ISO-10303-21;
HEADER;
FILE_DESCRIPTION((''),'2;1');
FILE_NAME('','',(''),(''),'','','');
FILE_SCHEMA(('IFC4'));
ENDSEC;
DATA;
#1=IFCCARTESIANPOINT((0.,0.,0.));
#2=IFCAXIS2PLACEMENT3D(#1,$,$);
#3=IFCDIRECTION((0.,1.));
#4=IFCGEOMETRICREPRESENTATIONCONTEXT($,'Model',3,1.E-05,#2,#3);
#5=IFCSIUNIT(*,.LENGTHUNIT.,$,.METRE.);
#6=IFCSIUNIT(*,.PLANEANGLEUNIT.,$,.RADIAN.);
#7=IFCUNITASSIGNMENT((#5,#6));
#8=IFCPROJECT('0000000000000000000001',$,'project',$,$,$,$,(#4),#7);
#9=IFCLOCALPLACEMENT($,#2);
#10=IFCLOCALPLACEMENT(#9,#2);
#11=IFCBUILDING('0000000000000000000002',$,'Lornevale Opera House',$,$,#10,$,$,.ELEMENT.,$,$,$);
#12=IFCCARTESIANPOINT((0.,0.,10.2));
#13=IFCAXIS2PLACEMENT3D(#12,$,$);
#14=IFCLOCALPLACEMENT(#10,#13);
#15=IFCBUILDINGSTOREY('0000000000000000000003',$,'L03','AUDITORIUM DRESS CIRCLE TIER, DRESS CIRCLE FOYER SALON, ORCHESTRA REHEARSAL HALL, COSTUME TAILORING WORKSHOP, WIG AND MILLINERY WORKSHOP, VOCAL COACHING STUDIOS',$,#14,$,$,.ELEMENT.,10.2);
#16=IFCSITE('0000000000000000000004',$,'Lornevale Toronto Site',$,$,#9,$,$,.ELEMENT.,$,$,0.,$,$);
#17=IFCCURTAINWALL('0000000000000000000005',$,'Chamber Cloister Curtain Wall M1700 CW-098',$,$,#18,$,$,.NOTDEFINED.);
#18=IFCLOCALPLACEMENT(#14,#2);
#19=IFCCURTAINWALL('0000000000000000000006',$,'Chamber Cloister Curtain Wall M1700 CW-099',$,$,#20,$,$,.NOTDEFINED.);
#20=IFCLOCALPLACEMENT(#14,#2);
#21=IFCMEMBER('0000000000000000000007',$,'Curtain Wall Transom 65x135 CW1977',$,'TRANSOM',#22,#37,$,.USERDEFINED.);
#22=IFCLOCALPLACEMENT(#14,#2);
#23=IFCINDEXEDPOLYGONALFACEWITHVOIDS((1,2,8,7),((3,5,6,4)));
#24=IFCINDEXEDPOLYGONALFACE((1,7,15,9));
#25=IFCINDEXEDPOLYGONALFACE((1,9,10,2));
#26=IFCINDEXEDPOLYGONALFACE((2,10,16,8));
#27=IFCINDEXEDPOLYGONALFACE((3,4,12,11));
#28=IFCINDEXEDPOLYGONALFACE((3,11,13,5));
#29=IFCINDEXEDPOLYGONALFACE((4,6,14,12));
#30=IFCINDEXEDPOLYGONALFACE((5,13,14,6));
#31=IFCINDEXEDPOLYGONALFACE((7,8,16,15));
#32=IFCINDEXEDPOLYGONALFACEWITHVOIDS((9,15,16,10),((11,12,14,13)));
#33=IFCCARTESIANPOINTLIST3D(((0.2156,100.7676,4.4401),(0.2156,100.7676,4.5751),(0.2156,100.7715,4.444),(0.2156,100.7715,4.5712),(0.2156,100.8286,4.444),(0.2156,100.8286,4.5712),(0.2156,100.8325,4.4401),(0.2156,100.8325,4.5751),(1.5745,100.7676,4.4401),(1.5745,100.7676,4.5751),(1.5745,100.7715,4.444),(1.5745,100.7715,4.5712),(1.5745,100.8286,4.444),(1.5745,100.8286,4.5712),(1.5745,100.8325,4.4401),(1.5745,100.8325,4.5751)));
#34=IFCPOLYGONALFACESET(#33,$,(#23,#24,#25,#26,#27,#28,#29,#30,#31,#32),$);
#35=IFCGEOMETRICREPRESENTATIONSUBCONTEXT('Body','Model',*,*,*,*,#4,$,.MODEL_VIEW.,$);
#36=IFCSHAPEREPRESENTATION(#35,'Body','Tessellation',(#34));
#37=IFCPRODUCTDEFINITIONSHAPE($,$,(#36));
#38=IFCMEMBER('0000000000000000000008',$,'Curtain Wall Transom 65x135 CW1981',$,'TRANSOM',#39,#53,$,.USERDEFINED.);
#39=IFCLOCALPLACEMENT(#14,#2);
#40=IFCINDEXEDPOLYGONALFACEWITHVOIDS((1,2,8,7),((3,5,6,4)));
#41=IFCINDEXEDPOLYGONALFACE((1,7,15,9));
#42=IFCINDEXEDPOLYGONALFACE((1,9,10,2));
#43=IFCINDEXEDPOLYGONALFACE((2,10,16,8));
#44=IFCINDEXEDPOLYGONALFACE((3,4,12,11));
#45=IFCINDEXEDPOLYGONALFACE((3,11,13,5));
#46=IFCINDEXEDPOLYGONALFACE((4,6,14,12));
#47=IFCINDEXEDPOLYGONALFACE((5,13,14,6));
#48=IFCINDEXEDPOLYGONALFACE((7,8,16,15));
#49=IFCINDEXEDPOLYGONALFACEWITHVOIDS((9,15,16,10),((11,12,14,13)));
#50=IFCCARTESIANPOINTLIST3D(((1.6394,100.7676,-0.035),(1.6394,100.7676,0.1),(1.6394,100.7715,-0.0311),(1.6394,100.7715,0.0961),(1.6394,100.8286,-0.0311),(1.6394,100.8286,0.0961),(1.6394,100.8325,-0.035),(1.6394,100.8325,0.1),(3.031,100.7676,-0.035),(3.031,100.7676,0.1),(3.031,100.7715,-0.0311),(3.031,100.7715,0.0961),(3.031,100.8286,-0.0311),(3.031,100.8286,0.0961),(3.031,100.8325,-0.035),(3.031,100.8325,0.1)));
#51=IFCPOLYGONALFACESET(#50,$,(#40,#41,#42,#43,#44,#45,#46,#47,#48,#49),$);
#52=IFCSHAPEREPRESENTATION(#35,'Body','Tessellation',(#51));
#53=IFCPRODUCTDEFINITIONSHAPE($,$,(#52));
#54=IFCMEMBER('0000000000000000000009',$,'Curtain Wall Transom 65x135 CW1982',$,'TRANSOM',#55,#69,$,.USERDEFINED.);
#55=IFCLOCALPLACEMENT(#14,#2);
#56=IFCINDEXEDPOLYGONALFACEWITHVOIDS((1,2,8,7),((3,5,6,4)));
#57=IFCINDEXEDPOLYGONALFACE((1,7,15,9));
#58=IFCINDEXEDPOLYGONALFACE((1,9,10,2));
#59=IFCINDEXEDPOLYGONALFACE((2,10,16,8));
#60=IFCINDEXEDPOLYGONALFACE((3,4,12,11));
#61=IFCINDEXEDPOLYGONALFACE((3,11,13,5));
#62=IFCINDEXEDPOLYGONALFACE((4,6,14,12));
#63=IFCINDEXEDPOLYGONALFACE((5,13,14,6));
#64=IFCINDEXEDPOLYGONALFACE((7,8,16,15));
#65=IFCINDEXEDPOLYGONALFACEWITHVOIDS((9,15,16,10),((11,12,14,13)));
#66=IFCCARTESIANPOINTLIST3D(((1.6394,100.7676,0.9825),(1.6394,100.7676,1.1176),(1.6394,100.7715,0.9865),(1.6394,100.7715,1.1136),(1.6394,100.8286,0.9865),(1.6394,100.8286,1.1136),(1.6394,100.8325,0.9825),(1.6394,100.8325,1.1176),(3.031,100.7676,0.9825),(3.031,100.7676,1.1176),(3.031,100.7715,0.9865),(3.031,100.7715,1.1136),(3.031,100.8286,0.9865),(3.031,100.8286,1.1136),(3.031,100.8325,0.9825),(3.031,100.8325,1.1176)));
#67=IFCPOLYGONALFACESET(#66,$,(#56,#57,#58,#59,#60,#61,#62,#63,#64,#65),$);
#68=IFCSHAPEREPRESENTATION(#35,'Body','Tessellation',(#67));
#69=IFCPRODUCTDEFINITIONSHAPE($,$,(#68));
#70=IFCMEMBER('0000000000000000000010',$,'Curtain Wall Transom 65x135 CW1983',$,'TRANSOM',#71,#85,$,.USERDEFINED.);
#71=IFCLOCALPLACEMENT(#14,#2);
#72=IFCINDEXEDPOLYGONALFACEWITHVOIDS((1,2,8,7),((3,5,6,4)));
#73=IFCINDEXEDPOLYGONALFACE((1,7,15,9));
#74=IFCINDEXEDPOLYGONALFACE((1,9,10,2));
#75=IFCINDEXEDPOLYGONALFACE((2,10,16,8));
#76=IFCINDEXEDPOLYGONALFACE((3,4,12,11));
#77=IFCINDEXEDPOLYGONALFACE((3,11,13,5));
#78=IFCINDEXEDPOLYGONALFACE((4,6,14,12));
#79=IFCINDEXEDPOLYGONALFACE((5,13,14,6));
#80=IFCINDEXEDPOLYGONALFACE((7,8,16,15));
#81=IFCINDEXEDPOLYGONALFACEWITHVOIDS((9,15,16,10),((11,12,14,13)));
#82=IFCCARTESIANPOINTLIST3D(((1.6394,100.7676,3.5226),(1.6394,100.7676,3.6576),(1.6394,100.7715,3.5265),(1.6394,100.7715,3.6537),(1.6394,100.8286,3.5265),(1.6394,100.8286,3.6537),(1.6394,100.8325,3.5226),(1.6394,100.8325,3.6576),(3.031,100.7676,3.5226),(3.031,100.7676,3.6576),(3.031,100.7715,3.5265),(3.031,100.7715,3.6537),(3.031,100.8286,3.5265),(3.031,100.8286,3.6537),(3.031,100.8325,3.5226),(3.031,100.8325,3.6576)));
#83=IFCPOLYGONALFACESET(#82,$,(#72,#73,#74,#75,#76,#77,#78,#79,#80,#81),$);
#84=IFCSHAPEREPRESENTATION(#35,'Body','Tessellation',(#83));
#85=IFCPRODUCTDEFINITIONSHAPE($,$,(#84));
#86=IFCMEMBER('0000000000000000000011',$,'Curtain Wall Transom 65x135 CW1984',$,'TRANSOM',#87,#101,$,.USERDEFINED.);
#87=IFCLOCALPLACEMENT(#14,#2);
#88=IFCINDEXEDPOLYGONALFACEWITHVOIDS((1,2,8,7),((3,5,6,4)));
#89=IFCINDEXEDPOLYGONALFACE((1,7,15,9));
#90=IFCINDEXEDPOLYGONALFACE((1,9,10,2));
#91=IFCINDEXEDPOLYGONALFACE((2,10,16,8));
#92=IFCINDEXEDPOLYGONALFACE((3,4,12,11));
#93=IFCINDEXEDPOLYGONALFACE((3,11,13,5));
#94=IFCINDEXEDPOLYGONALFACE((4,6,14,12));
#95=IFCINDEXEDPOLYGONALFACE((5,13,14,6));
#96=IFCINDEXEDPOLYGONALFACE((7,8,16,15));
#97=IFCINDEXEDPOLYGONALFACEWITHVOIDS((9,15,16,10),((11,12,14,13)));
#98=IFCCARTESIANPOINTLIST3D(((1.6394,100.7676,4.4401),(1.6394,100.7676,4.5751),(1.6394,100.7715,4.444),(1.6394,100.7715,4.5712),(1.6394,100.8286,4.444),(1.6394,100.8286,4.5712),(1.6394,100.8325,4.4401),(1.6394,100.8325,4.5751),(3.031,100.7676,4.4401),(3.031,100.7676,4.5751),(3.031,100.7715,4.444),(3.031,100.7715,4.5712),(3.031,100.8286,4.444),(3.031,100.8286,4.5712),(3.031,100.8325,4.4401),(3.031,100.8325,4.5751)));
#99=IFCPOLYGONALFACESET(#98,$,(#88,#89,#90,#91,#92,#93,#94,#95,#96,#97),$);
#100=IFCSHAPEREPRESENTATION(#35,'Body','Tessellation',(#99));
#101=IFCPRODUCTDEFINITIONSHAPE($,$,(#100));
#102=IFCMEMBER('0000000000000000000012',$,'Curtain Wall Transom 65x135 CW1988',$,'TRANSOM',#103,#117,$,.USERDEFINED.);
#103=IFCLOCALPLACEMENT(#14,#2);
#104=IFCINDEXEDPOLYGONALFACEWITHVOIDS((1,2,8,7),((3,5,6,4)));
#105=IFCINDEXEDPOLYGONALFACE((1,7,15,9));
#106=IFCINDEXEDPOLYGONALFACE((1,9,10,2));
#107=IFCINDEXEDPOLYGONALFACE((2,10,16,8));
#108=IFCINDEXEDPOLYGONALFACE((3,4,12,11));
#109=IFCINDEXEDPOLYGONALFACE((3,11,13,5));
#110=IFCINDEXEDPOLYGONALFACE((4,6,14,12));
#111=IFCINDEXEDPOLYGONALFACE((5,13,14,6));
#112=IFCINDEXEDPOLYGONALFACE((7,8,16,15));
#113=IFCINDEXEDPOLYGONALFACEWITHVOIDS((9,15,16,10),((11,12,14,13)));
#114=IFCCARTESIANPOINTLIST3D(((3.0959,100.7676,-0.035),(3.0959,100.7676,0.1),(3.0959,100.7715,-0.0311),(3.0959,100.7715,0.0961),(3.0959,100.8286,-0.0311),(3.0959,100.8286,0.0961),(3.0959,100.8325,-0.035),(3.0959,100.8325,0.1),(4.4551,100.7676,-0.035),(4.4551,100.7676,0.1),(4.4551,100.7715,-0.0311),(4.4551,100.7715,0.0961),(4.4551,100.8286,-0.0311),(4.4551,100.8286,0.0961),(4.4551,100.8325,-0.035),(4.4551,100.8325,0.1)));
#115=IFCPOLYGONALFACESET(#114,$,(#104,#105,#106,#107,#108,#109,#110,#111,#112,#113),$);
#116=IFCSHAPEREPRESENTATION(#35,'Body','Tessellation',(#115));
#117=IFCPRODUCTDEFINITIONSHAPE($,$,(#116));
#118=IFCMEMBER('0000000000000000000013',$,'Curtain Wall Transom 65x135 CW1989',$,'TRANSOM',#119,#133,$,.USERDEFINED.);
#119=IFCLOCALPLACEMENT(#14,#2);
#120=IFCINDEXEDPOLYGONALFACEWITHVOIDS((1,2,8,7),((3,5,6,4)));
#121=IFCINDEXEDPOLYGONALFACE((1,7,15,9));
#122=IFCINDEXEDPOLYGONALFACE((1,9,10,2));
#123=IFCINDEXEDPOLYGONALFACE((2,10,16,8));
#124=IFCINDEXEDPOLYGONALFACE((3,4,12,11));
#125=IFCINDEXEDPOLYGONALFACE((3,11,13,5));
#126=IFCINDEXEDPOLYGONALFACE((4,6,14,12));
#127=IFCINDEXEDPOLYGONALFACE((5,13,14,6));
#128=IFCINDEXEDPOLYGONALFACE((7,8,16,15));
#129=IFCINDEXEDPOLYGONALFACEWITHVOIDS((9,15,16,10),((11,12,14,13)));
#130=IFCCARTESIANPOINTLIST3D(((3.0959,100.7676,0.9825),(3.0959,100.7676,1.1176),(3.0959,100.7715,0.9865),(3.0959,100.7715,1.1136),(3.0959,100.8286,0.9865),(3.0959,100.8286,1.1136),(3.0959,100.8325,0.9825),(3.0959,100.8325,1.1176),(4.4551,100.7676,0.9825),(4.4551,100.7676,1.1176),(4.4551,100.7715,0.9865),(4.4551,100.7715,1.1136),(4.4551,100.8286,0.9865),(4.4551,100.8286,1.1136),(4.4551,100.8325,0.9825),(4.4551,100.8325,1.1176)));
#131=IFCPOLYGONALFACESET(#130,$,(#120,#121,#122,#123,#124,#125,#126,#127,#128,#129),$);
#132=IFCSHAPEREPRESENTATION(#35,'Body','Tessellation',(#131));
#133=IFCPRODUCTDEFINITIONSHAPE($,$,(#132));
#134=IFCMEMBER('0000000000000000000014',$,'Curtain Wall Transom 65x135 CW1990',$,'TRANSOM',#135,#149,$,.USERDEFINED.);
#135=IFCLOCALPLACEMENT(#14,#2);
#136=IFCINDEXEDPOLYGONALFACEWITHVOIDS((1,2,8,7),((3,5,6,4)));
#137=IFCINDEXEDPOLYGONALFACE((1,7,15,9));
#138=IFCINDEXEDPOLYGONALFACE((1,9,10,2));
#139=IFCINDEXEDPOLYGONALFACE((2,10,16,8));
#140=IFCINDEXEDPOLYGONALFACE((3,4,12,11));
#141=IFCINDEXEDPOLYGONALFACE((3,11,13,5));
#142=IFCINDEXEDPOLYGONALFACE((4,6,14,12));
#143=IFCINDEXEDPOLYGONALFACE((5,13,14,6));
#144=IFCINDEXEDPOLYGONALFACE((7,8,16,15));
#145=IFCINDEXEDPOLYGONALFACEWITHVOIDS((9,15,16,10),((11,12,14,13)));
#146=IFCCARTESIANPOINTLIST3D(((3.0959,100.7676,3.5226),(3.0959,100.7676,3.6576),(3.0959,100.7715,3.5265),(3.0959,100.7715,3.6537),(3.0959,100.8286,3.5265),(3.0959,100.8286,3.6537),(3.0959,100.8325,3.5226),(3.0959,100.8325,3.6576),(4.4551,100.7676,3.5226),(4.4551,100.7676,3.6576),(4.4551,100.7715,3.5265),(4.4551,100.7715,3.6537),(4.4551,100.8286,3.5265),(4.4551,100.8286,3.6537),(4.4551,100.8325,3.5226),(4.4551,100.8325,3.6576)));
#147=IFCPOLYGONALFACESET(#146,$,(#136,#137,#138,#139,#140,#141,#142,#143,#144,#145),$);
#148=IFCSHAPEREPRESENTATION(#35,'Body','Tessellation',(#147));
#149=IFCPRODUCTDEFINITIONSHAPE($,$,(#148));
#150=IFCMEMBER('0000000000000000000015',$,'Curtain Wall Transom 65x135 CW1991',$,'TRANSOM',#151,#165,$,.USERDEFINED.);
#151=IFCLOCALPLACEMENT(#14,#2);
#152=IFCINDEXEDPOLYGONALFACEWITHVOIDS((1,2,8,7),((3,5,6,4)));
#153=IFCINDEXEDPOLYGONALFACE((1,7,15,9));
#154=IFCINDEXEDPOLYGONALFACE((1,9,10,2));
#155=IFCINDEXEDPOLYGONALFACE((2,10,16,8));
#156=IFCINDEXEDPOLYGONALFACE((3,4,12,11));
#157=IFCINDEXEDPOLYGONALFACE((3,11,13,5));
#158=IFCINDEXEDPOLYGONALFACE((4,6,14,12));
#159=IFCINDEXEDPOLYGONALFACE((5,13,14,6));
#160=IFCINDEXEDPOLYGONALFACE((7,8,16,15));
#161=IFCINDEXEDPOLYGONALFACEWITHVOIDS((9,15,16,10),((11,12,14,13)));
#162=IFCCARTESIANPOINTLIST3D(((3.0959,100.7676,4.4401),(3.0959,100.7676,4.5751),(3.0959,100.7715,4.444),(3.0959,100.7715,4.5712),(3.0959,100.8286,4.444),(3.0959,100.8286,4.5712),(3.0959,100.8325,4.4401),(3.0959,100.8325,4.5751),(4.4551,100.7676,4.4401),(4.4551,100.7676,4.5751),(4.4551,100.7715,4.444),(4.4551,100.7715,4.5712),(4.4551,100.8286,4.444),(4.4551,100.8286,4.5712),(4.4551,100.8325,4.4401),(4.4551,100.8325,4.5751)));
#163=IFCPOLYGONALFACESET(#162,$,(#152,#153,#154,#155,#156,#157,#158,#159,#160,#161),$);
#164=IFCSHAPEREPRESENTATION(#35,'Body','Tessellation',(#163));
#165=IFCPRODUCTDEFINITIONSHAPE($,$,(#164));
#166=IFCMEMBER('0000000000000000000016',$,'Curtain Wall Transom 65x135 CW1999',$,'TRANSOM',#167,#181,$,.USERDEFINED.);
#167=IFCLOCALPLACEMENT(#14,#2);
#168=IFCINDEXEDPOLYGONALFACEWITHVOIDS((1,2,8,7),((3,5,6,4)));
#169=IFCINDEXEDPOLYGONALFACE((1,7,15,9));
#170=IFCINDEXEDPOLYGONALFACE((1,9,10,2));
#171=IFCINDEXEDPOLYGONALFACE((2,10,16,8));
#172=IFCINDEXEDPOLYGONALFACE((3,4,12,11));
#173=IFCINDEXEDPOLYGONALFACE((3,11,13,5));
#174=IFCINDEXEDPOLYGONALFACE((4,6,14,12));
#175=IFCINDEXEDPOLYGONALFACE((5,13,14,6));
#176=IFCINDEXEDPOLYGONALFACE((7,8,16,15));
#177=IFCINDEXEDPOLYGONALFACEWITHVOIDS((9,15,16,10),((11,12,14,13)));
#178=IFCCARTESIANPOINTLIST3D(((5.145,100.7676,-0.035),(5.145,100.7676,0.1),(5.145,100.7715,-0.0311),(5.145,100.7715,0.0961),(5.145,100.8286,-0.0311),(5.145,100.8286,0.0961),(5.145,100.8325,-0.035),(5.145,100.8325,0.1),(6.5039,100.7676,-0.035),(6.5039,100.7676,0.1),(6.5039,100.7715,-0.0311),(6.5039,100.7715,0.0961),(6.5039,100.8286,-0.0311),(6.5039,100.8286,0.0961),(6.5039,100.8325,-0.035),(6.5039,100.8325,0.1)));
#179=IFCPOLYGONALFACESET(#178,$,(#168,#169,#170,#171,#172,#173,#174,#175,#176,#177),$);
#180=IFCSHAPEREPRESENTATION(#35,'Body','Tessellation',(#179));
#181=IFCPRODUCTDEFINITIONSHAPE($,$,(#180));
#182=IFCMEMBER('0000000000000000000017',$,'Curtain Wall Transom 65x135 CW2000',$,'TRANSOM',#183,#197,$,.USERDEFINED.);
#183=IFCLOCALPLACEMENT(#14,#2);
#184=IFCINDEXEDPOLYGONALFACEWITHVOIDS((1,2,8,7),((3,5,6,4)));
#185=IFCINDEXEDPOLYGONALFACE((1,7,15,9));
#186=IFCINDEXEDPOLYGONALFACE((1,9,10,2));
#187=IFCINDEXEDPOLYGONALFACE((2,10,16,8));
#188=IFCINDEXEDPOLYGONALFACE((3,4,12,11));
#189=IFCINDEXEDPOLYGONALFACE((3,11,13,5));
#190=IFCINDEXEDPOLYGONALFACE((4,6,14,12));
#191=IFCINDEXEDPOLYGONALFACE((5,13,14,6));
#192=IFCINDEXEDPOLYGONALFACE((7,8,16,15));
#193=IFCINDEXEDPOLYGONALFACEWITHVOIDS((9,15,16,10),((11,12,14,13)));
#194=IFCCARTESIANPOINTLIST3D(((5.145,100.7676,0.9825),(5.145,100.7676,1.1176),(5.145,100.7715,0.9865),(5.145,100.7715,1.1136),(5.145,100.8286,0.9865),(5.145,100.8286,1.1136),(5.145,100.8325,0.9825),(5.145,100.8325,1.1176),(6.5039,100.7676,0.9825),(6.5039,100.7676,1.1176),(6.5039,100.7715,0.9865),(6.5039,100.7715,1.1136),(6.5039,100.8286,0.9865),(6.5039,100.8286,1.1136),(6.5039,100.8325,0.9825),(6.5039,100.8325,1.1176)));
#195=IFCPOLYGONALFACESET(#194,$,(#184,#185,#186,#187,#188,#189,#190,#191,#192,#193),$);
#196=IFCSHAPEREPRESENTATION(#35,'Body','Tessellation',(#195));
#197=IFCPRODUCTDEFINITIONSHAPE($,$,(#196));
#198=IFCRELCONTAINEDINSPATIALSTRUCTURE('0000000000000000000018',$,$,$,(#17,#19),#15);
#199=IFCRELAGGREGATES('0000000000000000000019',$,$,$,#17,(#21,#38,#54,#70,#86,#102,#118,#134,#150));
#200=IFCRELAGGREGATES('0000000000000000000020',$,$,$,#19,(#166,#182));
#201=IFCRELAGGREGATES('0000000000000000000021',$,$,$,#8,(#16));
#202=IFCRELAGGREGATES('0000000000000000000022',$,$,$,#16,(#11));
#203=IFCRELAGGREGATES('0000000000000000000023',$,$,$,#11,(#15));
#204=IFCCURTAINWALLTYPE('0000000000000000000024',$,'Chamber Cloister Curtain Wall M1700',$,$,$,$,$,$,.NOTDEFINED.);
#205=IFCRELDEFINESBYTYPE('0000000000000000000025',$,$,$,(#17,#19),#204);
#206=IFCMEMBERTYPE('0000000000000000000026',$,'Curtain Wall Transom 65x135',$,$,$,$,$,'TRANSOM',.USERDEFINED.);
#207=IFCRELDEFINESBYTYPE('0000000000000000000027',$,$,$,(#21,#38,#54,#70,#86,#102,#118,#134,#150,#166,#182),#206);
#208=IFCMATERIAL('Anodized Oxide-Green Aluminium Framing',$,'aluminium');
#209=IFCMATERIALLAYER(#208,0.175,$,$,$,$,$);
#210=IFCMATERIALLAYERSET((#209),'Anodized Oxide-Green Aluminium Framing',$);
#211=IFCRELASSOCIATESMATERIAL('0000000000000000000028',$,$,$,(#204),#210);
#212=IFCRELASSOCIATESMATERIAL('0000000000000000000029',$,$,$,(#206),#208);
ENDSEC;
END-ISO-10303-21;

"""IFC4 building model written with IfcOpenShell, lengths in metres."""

from ifc_helpers import new_model, si_unit, direction, frame, origin, origin_2d, place, context, subcontext, project, spatial, hollow_rectangle, extrude, material, layer, layer_set, material_profile, profile_set, type_object, element, aggregate, save


model = new_model("IFC4")

# Units and contexts
model_context = context("Model", 3, precision=1e-05, world=origin(), true_north=direction((0.0, 1.0)))
body_context = subcontext(model_context, "Body", "Model", "MODEL_VIEW")
ifc_project = project(units=[si_unit("LENGTHUNIT", "METRE"), si_unit("PLANEANGLEUNIT", "RADIAN")], contexts=[model_context])

# Site, building, storey
site_placement = place(None, origin())
site = spatial("IfcSite", under=ifc_project, at=site_placement, Name="Lornevale Toronto Site", CompositionType="ELEMENT", RefElevation=0.0)
building_placement = place(site_placement, origin())
building = spatial("IfcBuilding", under=site, at=building_placement, Name="Lornevale Opera House", CompositionType="ELEMENT")
storey_placement = place(building_placement, frame((0.0, 0.0, 10.2)))
storey = spatial("IfcBuildingStorey", under=building, at=storey_placement, Name="L03", Description="AUDITORIUM DRESS CIRCLE TIER, DRESS CIRCLE FOYER SALON, ORCHESTRA REHEARSAL HALL, COSTUME TAILORING WORKSHOP, WIG AND MILLINERY WORKSHOP, VOCAL COACHING STUDIOS", CompositionType="ELEMENT", Elevation=10.2)

# Curtain wall
ifc_material_1 = material(Name="Anodized Oxide-Green Aluminium Framing", Category="aluminium")
ifc_layer_1 = layer(ifc_material_1, 0.175)
ifc_layer_set_1 = layer_set([ifc_layer_1], Name="Anodized Oxide-Green Aluminium Framing")
curtain_wall_type = type_object("IfcCurtainWallType", Name="Chamber Cloister Curtain Wall M1700", PredefinedType="NOTDEFINED", material=ifc_layer_set_1)
curtain_wall_1_placement = place(storey_placement, origin())
curtain_wall_1 = element("IfcCurtainWall", 1, at=curtain_wall_1_placement, inside=storey, type_object=curtain_wall_type, Name="Chamber Cloister Curtain Wall M1700 CW-098", PredefinedType="NOTDEFINED")

# Curtain wall
curtain_wall_2_placement = place(storey_placement, origin())
curtain_wall_2 = element("IfcCurtainWall", 2, at=curtain_wall_2_placement, inside=storey, type_object=curtain_wall_type, Name="Chamber Cloister Curtain Wall M1700 CW-099", PredefinedType="NOTDEFINED")

# Members
ifc_material_profile_1 = material_profile(ifc_material_1, hollow_rectangle(XDim=0.0649, YDim=0.135, WallThickness=0.0039, at=origin_2d()), Name="ALU65x135x4")
ifc_profile_set_1 = profile_set([ifc_material_profile_1], Name="Anodized Oxide-Green Aluminium Framing")
member_type_1 = type_object("IfcMemberType", Name="Curtain Wall Transom 65x135", ElementType="TRANSOM", PredefinedType="USERDEFINED", material=ifc_profile_set_1)
member_1_placement = place(storey_placement, frame((0.2156, 100.8, 4.5076), z_axis=(1.0, 0.0, 0.0), x_axis=(0.0, 1.0, 0.0)))
member_1 = element("IfcMember", 3, at=member_1_placement, type_object=member_type_1, Name="Curtain Wall Transom 65x135 CW1977", ObjectType="TRANSOM", PredefinedType="USERDEFINED", context=body_context, shape_type="SweptSolid", body=[
    extrude(hollow_rectangle(XDim=0.0649, YDim=0.135, WallThickness=0.0039, at=origin_2d()), origin(), (0.0, 0.0, 1.0), 1.3589),
])
member_2_placement = place(storey_placement, frame((1.6394, 100.8, 0.0325), z_axis=(1.0, 0.0, 0.0), x_axis=(0.0, 1.0, 0.0)))
member_2 = element("IfcMember", 4, at=member_2_placement, type_object=member_type_1, Name="Curtain Wall Transom 65x135 CW1981", ObjectType="TRANSOM", PredefinedType="USERDEFINED", context=body_context, shape_type="SweptSolid", body=[
    extrude(hollow_rectangle(XDim=0.0649, YDim=0.135, WallThickness=0.0039, at=origin_2d()), origin(), (0.0, 0.0, 1.0), 1.3916),
])
member_3_placement = place(storey_placement, frame((1.6394, 100.8, 1.05), z_axis=(1.0, 0.0, 0.0), x_axis=(0.0, 1.0, 0.0)))
member_3 = element("IfcMember", 5, at=member_3_placement, type_object=member_type_1, Name="Curtain Wall Transom 65x135 CW1982", ObjectType="TRANSOM", PredefinedType="USERDEFINED", context=body_context, shape_type="SweptSolid", body=[
    extrude(hollow_rectangle(XDim=0.0649, YDim=0.135, WallThickness=0.0039, at=origin_2d()), origin(), (0.0, 0.0, 1.0), 1.3916),
])
member_4_placement = place(storey_placement, frame((1.6394, 100.8, 3.5901), z_axis=(1.0, 0.0, 0.0), x_axis=(0.0, 1.0, 0.0)))
member_4 = element("IfcMember", 6, at=member_4_placement, type_object=member_type_1, Name="Curtain Wall Transom 65x135 CW1983", ObjectType="TRANSOM", PredefinedType="USERDEFINED", context=body_context, shape_type="SweptSolid", body=[
    extrude(hollow_rectangle(XDim=0.0649, YDim=0.135, WallThickness=0.0039, at=origin_2d()), origin(), (0.0, 0.0, 1.0), 1.3916),
])
member_5_placement = place(storey_placement, frame((1.6394, 100.8, 4.5076), z_axis=(1.0, 0.0, 0.0), x_axis=(0.0, 1.0, 0.0)))
member_5 = element("IfcMember", 7, at=member_5_placement, type_object=member_type_1, Name="Curtain Wall Transom 65x135 CW1984", ObjectType="TRANSOM", PredefinedType="USERDEFINED", context=body_context, shape_type="SweptSolid", body=[
    extrude(hollow_rectangle(XDim=0.0649, YDim=0.135, WallThickness=0.0039, at=origin_2d()), origin(), (0.0, 0.0, 1.0), 1.3916),
])
member_6_placement = place(storey_placement, frame((3.0959, 100.8, 0.0325), z_axis=(1.0, 0.0, 0.0), x_axis=(0.0, 1.0, 0.0)))
member_6 = element("IfcMember", 8, at=member_6_placement, type_object=member_type_1, Name="Curtain Wall Transom 65x135 CW1988", ObjectType="TRANSOM", PredefinedType="USERDEFINED", context=body_context, shape_type="SweptSolid", body=[
    extrude(hollow_rectangle(XDim=0.0649, YDim=0.135, WallThickness=0.0039, at=origin_2d()), origin(), (0.0, 0.0, 1.0), 1.3591),
])
member_7_placement = place(storey_placement, frame((3.0959, 100.8, 1.05), z_axis=(1.0, 0.0, 0.0), x_axis=(0.0, 1.0, 0.0)))
member_7 = element("IfcMember", 9, at=member_7_placement, type_object=member_type_1, Name="Curtain Wall Transom 65x135 CW1989", ObjectType="TRANSOM", PredefinedType="USERDEFINED", context=body_context, shape_type="SweptSolid", body=[
    extrude(hollow_rectangle(XDim=0.0649, YDim=0.135, WallThickness=0.0039, at=origin_2d()), origin(), (0.0, 0.0, 1.0), 1.3591),
])
member_8_placement = place(storey_placement, frame((3.0959, 100.8, 3.5901), z_axis=(1.0, 0.0, 0.0), x_axis=(0.0, 1.0, 0.0)))
member_8 = element("IfcMember", 10, at=member_8_placement, type_object=member_type_1, Name="Curtain Wall Transom 65x135 CW1990", ObjectType="TRANSOM", PredefinedType="USERDEFINED", context=body_context, shape_type="SweptSolid", body=[
    extrude(hollow_rectangle(XDim=0.0649, YDim=0.135, WallThickness=0.0039, at=origin_2d()), origin(), (0.0, 0.0, 1.0), 1.3591),
])
member_9_placement = place(storey_placement, frame((3.0959, 100.8, 4.5076), z_axis=(1.0, 0.0, 0.0), x_axis=(0.0, 1.0, 0.0)))
member_9 = element("IfcMember", 11, at=member_9_placement, type_object=member_type_1, Name="Curtain Wall Transom 65x135 CW1991", ObjectType="TRANSOM", PredefinedType="USERDEFINED", context=body_context, shape_type="SweptSolid", body=[
    extrude(hollow_rectangle(XDim=0.0649, YDim=0.135, WallThickness=0.0039, at=origin_2d()), origin(), (0.0, 0.0, 1.0), 1.3591),
])
member_10_placement = place(storey_placement, frame((5.145, 100.8, 0.0325), z_axis=(1.0, 0.0, 0.0), x_axis=(0.0, 1.0, 0.0)))
member_10 = element("IfcMember", 12, at=member_10_placement, type_object=member_type_1, Name="Curtain Wall Transom 65x135 CW1999", ObjectType="TRANSOM", PredefinedType="USERDEFINED", context=body_context, shape_type="SweptSolid", body=[
    extrude(hollow_rectangle(XDim=0.0649, YDim=0.135, WallThickness=0.0039, at=origin_2d()), origin(), (0.0, 0.0, 1.0), 1.3589),
])
member_11_placement = place(storey_placement, frame((5.145, 100.8, 1.05), z_axis=(1.0, 0.0, 0.0), x_axis=(0.0, 1.0, 0.0)))
member_11 = element("IfcMember", 13, at=member_11_placement, type_object=member_type_1, Name="Curtain Wall Transom 65x135 CW2000", ObjectType="TRANSOM", PredefinedType="USERDEFINED", context=body_context, shape_type="SweptSolid", body=[
    extrude(hollow_rectangle(XDim=0.0649, YDim=0.135, WallThickness=0.0039, at=origin_2d()), origin(), (0.0, 0.0, 1.0), 1.3589),
])

aggregate(curtain_wall_1, [member_1, member_2, member_3, member_4, member_5, member_6, member_7, member_8, member_9])
aggregate(curtain_wall_2, [member_10, member_11])

save(model, "model.ifc")
